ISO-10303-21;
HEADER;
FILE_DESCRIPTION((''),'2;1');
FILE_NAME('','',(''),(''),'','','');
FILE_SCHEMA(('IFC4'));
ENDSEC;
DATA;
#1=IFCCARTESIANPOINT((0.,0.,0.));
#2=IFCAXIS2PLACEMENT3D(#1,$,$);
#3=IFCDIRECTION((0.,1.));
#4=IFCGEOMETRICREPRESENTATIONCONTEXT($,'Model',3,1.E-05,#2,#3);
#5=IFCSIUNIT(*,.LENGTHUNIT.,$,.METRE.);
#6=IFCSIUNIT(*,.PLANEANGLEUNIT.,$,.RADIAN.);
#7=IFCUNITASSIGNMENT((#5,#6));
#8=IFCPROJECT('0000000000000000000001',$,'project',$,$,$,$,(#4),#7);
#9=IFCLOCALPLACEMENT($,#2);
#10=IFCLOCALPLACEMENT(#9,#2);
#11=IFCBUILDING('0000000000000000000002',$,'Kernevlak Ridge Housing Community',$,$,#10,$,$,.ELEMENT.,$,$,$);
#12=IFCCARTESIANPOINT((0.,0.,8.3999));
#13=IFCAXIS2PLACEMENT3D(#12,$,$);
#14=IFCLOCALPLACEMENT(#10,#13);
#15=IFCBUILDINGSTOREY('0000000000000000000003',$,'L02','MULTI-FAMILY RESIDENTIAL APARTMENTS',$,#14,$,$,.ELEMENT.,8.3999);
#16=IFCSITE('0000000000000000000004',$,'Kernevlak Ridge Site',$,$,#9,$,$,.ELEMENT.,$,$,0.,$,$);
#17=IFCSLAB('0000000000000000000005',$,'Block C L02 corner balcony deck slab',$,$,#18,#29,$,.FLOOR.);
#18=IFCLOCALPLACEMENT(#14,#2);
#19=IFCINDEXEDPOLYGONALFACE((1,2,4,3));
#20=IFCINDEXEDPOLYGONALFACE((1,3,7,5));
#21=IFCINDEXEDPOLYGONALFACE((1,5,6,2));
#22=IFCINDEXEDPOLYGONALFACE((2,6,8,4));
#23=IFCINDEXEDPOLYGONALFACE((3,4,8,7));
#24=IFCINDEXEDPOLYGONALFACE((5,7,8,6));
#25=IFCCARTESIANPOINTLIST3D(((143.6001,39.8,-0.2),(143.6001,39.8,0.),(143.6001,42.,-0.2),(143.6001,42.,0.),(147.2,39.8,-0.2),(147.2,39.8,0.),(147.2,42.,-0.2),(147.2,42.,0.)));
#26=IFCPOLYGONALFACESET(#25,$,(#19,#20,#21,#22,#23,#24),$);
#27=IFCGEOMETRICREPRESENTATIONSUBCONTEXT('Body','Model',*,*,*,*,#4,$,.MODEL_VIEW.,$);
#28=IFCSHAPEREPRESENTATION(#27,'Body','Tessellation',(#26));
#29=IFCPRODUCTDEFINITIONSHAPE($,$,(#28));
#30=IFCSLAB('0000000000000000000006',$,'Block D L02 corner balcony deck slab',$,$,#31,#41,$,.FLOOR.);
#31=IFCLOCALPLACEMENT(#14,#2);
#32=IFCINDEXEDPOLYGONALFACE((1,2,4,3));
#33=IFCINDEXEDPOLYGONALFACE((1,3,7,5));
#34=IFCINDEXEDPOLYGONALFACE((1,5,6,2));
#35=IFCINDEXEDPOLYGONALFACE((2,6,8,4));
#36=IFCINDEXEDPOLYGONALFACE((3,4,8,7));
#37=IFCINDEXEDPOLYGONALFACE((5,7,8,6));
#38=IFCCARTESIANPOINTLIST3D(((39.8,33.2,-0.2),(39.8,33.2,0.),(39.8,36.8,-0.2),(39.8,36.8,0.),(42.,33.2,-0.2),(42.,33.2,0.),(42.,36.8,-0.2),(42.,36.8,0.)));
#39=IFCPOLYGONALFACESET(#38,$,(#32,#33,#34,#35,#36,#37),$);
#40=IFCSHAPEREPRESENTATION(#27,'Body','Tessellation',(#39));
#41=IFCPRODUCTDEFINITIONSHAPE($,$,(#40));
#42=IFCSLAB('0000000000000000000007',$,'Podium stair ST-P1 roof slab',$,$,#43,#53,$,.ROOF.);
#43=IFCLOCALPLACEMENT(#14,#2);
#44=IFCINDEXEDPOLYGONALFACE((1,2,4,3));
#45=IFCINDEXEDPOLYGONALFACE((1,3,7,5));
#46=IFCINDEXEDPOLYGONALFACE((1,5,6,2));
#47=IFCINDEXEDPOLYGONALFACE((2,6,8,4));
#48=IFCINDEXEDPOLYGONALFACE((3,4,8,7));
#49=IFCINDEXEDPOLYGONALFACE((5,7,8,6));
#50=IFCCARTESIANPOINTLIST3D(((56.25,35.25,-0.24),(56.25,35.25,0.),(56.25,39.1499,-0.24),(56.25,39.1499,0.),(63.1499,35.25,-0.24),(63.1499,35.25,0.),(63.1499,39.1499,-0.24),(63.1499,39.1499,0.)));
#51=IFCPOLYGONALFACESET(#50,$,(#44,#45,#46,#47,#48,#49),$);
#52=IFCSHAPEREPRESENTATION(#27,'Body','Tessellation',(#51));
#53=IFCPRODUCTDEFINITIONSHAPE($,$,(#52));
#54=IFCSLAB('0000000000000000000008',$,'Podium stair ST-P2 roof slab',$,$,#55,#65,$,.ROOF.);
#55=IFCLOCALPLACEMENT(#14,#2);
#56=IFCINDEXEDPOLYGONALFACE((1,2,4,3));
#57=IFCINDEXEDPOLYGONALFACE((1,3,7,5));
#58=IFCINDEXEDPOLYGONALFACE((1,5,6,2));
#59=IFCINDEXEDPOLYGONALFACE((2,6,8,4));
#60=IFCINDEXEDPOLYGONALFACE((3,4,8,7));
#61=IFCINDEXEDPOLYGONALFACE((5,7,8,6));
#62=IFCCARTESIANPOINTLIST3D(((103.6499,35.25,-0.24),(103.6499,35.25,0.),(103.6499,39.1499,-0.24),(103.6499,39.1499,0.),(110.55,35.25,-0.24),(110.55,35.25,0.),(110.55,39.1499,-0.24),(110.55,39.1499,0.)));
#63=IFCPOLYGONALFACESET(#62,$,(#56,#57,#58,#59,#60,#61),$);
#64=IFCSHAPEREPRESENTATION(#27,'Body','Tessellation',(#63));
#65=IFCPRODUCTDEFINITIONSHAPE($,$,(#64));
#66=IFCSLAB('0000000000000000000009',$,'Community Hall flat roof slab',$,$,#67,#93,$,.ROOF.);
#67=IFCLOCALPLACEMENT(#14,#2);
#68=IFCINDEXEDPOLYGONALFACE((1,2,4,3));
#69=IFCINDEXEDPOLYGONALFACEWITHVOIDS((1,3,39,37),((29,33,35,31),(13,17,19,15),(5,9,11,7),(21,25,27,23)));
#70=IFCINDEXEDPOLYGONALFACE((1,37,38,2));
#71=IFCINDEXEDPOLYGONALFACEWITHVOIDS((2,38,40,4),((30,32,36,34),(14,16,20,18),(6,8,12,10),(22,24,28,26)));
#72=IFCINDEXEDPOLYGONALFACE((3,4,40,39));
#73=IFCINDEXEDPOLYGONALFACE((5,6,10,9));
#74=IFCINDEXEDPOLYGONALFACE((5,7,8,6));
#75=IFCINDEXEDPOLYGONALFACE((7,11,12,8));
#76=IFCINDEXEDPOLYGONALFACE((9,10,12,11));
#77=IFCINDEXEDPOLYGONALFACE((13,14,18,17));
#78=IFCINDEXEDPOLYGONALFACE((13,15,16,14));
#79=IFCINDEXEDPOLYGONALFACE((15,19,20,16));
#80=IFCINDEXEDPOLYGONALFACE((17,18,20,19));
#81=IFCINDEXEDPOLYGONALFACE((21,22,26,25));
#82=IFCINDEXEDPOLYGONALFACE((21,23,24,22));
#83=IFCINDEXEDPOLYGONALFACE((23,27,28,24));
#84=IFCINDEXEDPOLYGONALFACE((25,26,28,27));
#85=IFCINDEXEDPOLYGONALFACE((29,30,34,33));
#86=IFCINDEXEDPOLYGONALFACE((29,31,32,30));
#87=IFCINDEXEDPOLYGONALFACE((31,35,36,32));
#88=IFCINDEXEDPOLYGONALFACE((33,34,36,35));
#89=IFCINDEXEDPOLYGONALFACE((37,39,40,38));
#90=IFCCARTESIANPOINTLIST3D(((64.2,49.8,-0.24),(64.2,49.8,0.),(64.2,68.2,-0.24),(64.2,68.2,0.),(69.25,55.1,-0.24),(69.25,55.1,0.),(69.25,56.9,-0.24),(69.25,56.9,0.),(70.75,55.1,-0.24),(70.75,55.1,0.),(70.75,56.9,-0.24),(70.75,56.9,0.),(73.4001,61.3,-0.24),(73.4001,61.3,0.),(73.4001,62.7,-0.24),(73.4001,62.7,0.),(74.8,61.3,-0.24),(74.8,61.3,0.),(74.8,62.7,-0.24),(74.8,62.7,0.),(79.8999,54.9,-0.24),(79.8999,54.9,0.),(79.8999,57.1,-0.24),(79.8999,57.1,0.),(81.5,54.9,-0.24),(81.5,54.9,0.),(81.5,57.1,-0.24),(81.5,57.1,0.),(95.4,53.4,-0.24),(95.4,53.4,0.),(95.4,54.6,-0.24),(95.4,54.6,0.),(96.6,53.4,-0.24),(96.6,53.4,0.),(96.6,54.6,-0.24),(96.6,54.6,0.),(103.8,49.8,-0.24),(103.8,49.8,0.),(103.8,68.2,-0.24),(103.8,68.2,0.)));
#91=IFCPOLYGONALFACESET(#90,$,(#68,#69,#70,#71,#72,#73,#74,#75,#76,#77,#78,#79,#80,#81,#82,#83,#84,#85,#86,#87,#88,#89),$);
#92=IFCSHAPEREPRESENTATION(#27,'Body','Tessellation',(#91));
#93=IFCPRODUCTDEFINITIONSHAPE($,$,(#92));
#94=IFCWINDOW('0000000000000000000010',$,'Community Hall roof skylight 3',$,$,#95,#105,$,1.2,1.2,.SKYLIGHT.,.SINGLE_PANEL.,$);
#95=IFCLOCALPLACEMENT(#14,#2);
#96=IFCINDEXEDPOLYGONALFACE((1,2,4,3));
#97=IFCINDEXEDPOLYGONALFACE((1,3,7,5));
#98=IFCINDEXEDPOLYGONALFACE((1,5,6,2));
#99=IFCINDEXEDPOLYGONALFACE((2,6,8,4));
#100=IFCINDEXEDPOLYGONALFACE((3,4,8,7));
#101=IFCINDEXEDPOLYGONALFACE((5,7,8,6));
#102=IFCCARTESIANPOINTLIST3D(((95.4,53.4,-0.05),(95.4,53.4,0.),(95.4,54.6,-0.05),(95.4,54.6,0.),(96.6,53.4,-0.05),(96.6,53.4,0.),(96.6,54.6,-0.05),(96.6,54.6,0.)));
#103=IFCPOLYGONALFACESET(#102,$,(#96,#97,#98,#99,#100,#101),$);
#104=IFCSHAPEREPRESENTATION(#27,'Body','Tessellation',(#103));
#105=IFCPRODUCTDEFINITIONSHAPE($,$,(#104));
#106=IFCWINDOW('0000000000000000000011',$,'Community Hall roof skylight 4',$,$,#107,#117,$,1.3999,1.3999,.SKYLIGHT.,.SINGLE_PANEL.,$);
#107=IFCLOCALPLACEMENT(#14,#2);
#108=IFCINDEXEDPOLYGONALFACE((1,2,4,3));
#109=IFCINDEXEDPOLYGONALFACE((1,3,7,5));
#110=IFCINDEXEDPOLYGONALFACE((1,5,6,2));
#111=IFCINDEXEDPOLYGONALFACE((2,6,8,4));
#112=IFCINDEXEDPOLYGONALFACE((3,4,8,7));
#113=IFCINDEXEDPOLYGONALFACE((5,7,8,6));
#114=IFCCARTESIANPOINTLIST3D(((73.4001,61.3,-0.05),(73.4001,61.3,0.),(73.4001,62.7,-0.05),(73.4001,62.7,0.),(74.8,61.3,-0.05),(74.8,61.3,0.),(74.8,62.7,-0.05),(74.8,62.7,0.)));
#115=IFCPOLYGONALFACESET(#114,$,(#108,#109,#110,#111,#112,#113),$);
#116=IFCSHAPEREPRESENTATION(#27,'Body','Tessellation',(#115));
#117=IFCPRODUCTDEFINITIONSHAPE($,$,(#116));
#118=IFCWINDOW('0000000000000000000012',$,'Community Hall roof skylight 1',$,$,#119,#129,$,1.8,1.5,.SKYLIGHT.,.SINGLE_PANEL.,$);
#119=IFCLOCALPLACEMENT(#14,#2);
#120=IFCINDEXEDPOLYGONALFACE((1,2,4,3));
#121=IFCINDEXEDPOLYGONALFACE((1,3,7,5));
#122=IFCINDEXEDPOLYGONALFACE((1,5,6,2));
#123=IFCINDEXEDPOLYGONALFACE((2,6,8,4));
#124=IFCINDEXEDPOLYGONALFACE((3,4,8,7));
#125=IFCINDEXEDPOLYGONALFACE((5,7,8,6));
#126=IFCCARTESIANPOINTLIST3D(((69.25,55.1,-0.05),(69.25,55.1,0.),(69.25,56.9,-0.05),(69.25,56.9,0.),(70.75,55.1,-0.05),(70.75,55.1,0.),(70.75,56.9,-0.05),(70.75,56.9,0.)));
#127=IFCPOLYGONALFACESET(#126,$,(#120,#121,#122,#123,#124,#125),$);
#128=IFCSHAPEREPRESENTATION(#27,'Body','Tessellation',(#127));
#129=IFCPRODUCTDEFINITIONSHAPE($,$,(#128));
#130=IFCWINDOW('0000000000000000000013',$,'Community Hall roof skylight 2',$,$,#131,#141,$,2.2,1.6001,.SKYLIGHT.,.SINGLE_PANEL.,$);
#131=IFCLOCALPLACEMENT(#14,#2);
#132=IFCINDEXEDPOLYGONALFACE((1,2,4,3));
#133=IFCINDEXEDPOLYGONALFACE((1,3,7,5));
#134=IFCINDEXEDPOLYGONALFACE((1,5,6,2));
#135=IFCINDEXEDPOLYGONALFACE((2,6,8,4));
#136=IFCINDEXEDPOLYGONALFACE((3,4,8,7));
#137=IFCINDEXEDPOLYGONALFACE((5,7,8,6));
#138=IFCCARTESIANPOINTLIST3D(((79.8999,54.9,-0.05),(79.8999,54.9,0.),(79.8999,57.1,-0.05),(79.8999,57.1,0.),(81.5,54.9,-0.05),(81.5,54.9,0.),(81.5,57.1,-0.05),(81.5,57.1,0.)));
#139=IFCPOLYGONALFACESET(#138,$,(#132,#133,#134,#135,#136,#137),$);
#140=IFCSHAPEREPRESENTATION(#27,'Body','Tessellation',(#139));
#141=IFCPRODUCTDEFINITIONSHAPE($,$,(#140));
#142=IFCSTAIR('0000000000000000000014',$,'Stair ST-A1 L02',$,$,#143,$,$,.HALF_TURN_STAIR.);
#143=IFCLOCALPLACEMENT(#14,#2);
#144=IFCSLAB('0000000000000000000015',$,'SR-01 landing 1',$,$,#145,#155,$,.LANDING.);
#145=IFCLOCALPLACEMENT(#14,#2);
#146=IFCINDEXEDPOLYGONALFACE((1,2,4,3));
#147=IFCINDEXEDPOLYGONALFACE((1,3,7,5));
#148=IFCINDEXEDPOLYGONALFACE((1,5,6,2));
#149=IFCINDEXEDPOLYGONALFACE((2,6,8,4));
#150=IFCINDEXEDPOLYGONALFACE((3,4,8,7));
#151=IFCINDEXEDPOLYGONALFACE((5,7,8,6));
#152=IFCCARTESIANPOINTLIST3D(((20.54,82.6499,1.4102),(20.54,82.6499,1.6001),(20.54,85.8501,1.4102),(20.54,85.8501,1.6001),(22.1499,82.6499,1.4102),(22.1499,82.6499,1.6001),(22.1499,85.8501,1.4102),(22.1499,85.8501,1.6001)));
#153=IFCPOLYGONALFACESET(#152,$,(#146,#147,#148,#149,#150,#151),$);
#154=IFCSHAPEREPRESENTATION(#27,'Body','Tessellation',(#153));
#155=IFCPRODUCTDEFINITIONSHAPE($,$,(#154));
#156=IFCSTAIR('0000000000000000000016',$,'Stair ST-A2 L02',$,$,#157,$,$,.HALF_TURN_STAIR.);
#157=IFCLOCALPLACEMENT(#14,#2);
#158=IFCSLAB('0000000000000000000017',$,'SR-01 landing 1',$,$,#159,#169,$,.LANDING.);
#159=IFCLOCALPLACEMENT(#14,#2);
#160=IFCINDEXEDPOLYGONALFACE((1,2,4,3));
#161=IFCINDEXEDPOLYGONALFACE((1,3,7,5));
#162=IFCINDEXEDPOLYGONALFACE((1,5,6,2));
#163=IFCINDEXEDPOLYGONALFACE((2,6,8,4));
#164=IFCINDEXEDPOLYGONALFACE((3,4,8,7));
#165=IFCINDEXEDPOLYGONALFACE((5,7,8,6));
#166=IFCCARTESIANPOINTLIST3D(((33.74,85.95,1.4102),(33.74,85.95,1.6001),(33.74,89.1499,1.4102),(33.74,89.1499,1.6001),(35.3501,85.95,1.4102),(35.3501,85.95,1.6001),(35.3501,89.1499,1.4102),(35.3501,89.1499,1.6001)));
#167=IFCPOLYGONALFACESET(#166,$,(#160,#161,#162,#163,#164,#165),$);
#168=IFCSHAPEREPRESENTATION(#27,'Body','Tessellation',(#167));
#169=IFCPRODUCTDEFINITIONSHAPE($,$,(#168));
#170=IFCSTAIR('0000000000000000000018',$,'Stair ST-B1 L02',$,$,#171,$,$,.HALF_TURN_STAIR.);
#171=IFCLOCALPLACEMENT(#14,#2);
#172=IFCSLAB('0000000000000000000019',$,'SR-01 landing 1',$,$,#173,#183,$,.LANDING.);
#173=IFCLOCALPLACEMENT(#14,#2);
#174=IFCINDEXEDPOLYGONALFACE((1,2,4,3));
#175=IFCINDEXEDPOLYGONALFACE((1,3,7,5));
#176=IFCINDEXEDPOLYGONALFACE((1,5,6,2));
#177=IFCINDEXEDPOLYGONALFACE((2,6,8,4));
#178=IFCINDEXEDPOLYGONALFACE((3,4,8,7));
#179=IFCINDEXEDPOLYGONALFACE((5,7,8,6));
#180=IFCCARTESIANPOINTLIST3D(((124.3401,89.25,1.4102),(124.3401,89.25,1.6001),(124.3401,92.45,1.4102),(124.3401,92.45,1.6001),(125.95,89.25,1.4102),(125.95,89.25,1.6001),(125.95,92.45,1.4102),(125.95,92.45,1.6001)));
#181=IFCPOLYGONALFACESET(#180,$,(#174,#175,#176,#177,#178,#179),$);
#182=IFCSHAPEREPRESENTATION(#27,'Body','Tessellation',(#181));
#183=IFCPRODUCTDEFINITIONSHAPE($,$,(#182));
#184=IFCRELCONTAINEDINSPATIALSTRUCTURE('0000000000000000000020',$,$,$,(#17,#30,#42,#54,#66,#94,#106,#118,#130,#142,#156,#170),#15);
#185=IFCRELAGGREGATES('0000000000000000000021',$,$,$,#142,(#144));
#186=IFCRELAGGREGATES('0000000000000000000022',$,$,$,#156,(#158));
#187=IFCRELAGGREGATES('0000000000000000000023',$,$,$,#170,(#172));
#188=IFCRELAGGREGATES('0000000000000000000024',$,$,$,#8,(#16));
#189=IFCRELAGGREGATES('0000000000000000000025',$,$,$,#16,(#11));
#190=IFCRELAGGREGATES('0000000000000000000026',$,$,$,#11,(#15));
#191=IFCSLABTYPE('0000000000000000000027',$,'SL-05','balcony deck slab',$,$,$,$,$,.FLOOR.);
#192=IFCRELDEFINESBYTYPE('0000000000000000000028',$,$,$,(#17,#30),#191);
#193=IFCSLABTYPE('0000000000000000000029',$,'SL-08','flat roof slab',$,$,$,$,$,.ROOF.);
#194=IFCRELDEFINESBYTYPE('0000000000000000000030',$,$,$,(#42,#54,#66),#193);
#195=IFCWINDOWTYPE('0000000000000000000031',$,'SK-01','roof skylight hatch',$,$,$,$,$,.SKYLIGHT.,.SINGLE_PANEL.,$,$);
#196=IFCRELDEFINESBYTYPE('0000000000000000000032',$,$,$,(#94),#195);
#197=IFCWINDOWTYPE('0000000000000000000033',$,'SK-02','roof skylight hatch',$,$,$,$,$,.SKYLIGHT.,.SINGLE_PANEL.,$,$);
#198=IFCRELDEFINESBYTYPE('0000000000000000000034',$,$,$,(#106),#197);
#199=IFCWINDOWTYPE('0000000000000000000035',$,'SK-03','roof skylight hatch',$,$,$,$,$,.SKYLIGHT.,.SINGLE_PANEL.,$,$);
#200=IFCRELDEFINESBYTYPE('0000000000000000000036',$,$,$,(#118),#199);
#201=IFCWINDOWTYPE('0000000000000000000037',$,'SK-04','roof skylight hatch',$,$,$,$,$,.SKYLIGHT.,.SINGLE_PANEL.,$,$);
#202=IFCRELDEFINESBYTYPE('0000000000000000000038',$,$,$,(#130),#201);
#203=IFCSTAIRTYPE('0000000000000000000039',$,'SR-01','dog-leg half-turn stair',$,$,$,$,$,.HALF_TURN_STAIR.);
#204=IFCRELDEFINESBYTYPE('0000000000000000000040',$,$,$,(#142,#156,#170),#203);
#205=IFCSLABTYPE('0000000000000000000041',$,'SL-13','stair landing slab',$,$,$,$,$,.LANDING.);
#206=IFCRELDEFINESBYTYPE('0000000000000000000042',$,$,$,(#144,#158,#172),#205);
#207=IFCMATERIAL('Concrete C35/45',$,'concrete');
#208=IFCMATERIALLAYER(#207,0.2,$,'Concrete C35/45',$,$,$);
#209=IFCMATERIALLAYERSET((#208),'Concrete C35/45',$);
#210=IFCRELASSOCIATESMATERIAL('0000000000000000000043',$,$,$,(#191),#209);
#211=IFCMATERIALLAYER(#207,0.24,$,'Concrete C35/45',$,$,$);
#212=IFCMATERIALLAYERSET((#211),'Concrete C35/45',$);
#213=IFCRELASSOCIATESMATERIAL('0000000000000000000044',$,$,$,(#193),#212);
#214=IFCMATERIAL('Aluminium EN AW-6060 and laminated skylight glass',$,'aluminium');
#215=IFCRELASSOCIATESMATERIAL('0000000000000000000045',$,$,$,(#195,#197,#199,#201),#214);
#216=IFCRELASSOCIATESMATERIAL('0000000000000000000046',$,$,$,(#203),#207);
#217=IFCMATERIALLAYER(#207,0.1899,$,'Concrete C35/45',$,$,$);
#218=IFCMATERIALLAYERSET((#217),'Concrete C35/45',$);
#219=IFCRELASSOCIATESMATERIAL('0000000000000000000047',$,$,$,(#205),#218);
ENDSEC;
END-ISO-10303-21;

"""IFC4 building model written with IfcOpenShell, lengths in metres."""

from ifc_helpers import new_model, si_unit, direction, frame, origin, origin_2d, place, context, subcontext, project, spatial, polyline, rectangle, outline, extrude, material, layer, layer_set, type_object, element, fill, aggregate, save


model = new_model("IFC4")

# Units and contexts
model_context = context("Model", 3, precision=1e-05, world=origin(), true_north=direction((0.0, 1.0)))
body_context = subcontext(model_context, "Body", "Model", "MODEL_VIEW")
ifc_project = project(units=[si_unit("LENGTHUNIT", "METRE"), si_unit("PLANEANGLEUNIT", "RADIAN")], contexts=[model_context])

# Site, building, storey
site_placement = place(None, origin())
site = spatial("IfcSite", under=ifc_project, at=site_placement, Name="Kernevlak Ridge Site", CompositionType="ELEMENT", RefElevation=0.0)
building_placement = place(site_placement, origin())
building = spatial("IfcBuilding", under=site, at=building_placement, Name="Kernevlak Ridge Housing Community", CompositionType="ELEMENT")
storey_placement = place(building_placement, frame((0.0, 0.0, 8.3999)))
storey = spatial("IfcBuildingStorey", under=building, at=storey_placement, Name="L02", Description="MULTI-FAMILY RESIDENTIAL APARTMENTS", CompositionType="ELEMENT", Elevation=8.3999)

# Slabs
ifc_material_1 = material(Name="Concrete C35/45", Category="concrete")
ifc_layer_1 = layer(ifc_material_1, 0.2, Name="Concrete C35/45")
ifc_layer_set_1 = layer_set([ifc_layer_1], Name="Concrete C35/45")
slab_type_1 = type_object("IfcSlabType", Name="SL-05", Description="balcony deck slab", PredefinedType="FLOOR", material=ifc_layer_set_1)
slab_1_placement = place(storey_placement, frame((0.0, 0.0, -0.2)))
element("IfcSlab", 1, at=slab_1_placement, inside=storey, type_object=slab_type_1, Name="Block C L02 corner balcony deck slab", PredefinedType="FLOOR", context=body_context, shape_type="SweptSolid", body=[
    extrude(outline(polyline([(147.2, 39.8), (147.2, 42.0), (143.6001, 42.0), (143.6001, 39.8), (147.2, 39.8)])), origin(), (0.0, 0.0, 1.0), 0.2),
])
slab_2_placement = place(storey_placement, frame((0.0, 0.0, -0.2)))
element("IfcSlab", 2, at=slab_2_placement, inside=storey, type_object=slab_type_1, Name="Block D L02 corner balcony deck slab", PredefinedType="FLOOR", context=body_context, shape_type="SweptSolid", body=[
    extrude(outline(polyline([(39.8, 33.2), (42.0, 33.2), (42.0, 36.8), (39.8, 36.8), (39.8, 33.2)])), origin(), (0.0, 0.0, 1.0), 0.2),
])
ifc_layer_2 = layer(ifc_material_1, 0.24, Name="Concrete C35/45")
ifc_layer_set_2 = layer_set([ifc_layer_2], Name="Concrete C35/45")
slab_type_2 = type_object("IfcSlabType", Name="SL-08", Description="flat roof slab", PredefinedType="ROOF", material=ifc_layer_set_2)
slab_3_placement = place(storey_placement, frame((0.0, 0.0, -0.24)))
element("IfcSlab", 3, at=slab_3_placement, inside=storey, type_object=slab_type_2, Name="Podium stair ST-P1 roof slab", PredefinedType="ROOF", context=body_context, shape_type="SweptSolid", body=[
    extrude(outline(polyline([(56.25, 35.25), (63.1499, 35.25), (63.1499, 39.1499), (56.25, 39.1499), (56.25, 35.25)])), origin(), (0.0, 0.0, 1.0), 0.24),
])
slab_4_placement = place(storey_placement, frame((0.0, 0.0, -0.24)))
element("IfcSlab", 4, at=slab_4_placement, inside=storey, type_object=slab_type_2, Name="Podium stair ST-P2 roof slab", PredefinedType="ROOF", context=body_context, shape_type="SweptSolid", body=[
    extrude(outline(polyline([(103.6499, 35.25), (110.55, 35.25), (110.55, 39.1499), (103.6499, 39.1499), (103.6499, 35.25)])), origin(), (0.0, 0.0, 1.0), 0.24),
])

# Slab, openings, windows
slab_5_placement = place(storey_placement, frame((0.0, 0.0, -0.24)))
slab_5 = element("IfcSlab", 5, at=slab_5_placement, inside=storey, type_object=slab_type_2, Name="Community Hall flat roof slab", PredefinedType="ROOF", context=body_context, shape_type="SweptSolid", body=[
    extrude(outline(polyline([(64.2, 49.8), (103.8, 49.8), (103.8, 68.2), (64.2, 68.2), (64.2, 49.8)])), origin(), (0.0, 0.0, 1.0), 0.24),
])
opening_1_placement = place(slab_5_placement, frame((70.0, 56.0, -0.01)))
opening_1 = element("IfcOpeningElement", 6, at=opening_1_placement, cuts=slab_5, PredefinedType="OPENING", context=body_context, shape_type="SweptSolid", body=[
    extrude(rectangle(XDim=1.5, YDim=1.8, at=origin_2d()), origin(), (0.0, 0.0, 1.0), 0.26),
])
opening_2_placement = place(slab_5_placement, frame((80.7, 56.0, -0.01)))
opening_2 = element("IfcOpeningElement", 7, at=opening_2_placement, cuts=slab_5, PredefinedType="OPENING", context=body_context, shape_type="SweptSolid", body=[
    extrude(rectangle(XDim=1.6001, YDim=2.2, at=origin_2d()), origin(), (0.0, 0.0, 1.0), 0.26),
])
opening_3_placement = place(slab_5_placement, frame((96.0, 54.0, -0.01)))
opening_3 = element("IfcOpeningElement", 8, at=opening_3_placement, cuts=slab_5, PredefinedType="OPENING", context=body_context, shape_type="SweptSolid", body=[
    extrude(rectangle(XDim=1.2, YDim=1.2, at=origin_2d()), origin(), (0.0, 0.0, 1.0), 0.26),
])
opening_4_placement = place(slab_5_placement, frame((74.1001, 62.0, -0.01)))
opening_4 = element("IfcOpeningElement", 9, at=opening_4_placement, cuts=slab_5, PredefinedType="OPENING", context=body_context, shape_type="SweptSolid", body=[
    extrude(rectangle(XDim=1.3999, YDim=1.3999, at=origin_2d()), origin(), (0.0, 0.0, 1.0), 0.26),
])
ifc_material_2 = material(Name="Aluminium EN AW-6060 and laminated skylight glass", Category="aluminium")
window_type_1 = type_object("IfcWindowType", Name="SK-01", Description="roof skylight hatch", PartitioningType="SINGLE_PANEL", PredefinedType="SKYLIGHT", material=ifc_material_2)
window_1_placement = place(slab_5_placement, frame((96.0, 54.0, 0.1899)))
window_1 = element("IfcWindow", 10, at=window_1_placement, inside=storey, type_object=window_type_1, Name="Community Hall roof skylight 3", OverallHeight=1.2, OverallWidth=1.2, PartitioningType="SINGLE_PANEL", PredefinedType="SKYLIGHT", context=body_context, shape_type="SweptSolid", body=[
    extrude(rectangle(XDim=1.2, YDim=1.2, at=origin_2d()), origin(), (0.0, 0.0, 1.0), 0.05),
])
fill(opening_3, window_1)
window_type_2 = type_object("IfcWindowType", Name="SK-02", Description="roof skylight hatch", PartitioningType="SINGLE_PANEL", PredefinedType="SKYLIGHT", material=ifc_material_2)
window_2_placement = place(slab_5_placement, frame((74.1001, 62.0, 0.1899)))
window_2 = element("IfcWindow", 11, at=window_2_placement, inside=storey, type_object=window_type_2, Name="Community Hall roof skylight 4", OverallHeight=1.3999, OverallWidth=1.3999, PartitioningType="SINGLE_PANEL", PredefinedType="SKYLIGHT", context=body_context, shape_type="SweptSolid", body=[
    extrude(rectangle(XDim=1.3999, YDim=1.3999, at=origin_2d()), origin(), (0.0, 0.0, 1.0), 0.05),
])
fill(opening_4, window_2)
window_type_3 = type_object("IfcWindowType", Name="SK-03", Description="roof skylight hatch", PartitioningType="SINGLE_PANEL", PredefinedType="SKYLIGHT", material=ifc_material_2)
window_3_placement = place(slab_5_placement, frame((70.0, 56.0, 0.1899)))
window_3 = element("IfcWindow", 12, at=window_3_placement, inside=storey, type_object=window_type_3, Name="Community Hall roof skylight 1", OverallHeight=1.8, OverallWidth=1.5, PartitioningType="SINGLE_PANEL", PredefinedType="SKYLIGHT", context=body_context, shape_type="SweptSolid", body=[
    extrude(rectangle(XDim=1.5, YDim=1.8, at=origin_2d()), origin(), (0.0, 0.0, 1.0), 0.05),
])
fill(opening_1, window_3)
window_type_4 = type_object("IfcWindowType", Name="SK-04", Description="roof skylight hatch", PartitioningType="SINGLE_PANEL", PredefinedType="SKYLIGHT", material=ifc_material_2)
window_4_placement = place(slab_5_placement, frame((80.7, 56.0, 0.1899)))
window_4 = element("IfcWindow", 13, at=window_4_placement, inside=storey, type_object=window_type_4, Name="Community Hall roof skylight 2", OverallHeight=2.2, OverallWidth=1.6001, PartitioningType="SINGLE_PANEL", PredefinedType="SKYLIGHT", context=body_context, shape_type="SweptSolid", body=[
    extrude(rectangle(XDim=1.6001, YDim=2.2, at=origin_2d()), origin(), (0.0, 0.0, 1.0), 0.05),
])
fill(opening_2, window_4)

# Stairs, slabs
stair_type = type_object("IfcStairType", Name="SR-01", Description="dog-leg half-turn stair", PredefinedType="HALF_TURN_STAIR", material=ifc_material_1)
stair_1_placement = place(storey_placement, origin())
stair_1 = element("IfcStair", 14, at=stair_1_placement, inside=storey, type_object=stair_type, Name="Stair ST-A1 L02", PredefinedType="HALF_TURN_STAIR")
ifc_layer_3 = layer(ifc_material_1, 0.1899, Name="Concrete C35/45")
ifc_layer_set_3 = layer_set([ifc_layer_3], Name="Concrete C35/45")
slab_type_3 = type_object("IfcSlabType", Name="SL-13", Description="stair landing slab", PredefinedType="LANDING", material=ifc_layer_set_3)
slab_6_placement = place(storey_placement, frame((0.0, 0.0, 1.4102)))
slab_6 = element("IfcSlab", 15, at=slab_6_placement, type_object=slab_type_3, Name="SR-01 landing 1", PredefinedType="LANDING", context=body_context, shape_type="SweptSolid", body=[
    extrude(outline(polyline([(20.54, 82.6499), (22.1499, 82.6499), (22.1499, 85.8501), (20.54, 85.8501), (20.54, 82.6499)])), origin(), (0.0, 0.0, 1.0), 0.1899),
])
aggregate(stair_1, [slab_6])
stair_2_placement = place(storey_placement, origin())
stair_2 = element("IfcStair", 16, at=stair_2_placement, inside=storey, type_object=stair_type, Name="Stair ST-A2 L02", PredefinedType="HALF_TURN_STAIR")
slab_7_placement = place(storey_placement, frame((0.0, 0.0, 1.4102)))
slab_7 = element("IfcSlab", 17, at=slab_7_placement, type_object=slab_type_3, Name="SR-01 landing 1", PredefinedType="LANDING", context=body_context, shape_type="SweptSolid", body=[
    extrude(outline(polyline([(33.74, 85.95), (35.3501, 85.95), (35.3501, 89.1499), (33.74, 89.1499), (33.74, 85.95)])), origin(), (0.0, 0.0, 1.0), 0.1899),
])
aggregate(stair_2, [slab_7])
stair_3_placement = place(storey_placement, origin())
stair_3 = element("IfcStair", 18, at=stair_3_placement, inside=storey, type_object=stair_type, Name="Stair ST-B1 L02", PredefinedType="HALF_TURN_STAIR")
slab_8_placement = place(storey_placement, frame((0.0, 0.0, 1.4102)))
slab_8 = element("IfcSlab", 19, at=slab_8_placement, type_object=slab_type_3, Name="SR-01 landing 1", PredefinedType="LANDING", context=body_context, shape_type="SweptSolid", body=[
    extrude(outline(polyline([(124.3401, 89.25), (125.95, 89.25), (125.95, 92.45), (124.3401, 92.45), (124.3401, 89.25)])), origin(), (0.0, 0.0, 1.0), 0.1899),
])
aggregate(stair_3, [slab_8])

save(model, "model.ifc")
